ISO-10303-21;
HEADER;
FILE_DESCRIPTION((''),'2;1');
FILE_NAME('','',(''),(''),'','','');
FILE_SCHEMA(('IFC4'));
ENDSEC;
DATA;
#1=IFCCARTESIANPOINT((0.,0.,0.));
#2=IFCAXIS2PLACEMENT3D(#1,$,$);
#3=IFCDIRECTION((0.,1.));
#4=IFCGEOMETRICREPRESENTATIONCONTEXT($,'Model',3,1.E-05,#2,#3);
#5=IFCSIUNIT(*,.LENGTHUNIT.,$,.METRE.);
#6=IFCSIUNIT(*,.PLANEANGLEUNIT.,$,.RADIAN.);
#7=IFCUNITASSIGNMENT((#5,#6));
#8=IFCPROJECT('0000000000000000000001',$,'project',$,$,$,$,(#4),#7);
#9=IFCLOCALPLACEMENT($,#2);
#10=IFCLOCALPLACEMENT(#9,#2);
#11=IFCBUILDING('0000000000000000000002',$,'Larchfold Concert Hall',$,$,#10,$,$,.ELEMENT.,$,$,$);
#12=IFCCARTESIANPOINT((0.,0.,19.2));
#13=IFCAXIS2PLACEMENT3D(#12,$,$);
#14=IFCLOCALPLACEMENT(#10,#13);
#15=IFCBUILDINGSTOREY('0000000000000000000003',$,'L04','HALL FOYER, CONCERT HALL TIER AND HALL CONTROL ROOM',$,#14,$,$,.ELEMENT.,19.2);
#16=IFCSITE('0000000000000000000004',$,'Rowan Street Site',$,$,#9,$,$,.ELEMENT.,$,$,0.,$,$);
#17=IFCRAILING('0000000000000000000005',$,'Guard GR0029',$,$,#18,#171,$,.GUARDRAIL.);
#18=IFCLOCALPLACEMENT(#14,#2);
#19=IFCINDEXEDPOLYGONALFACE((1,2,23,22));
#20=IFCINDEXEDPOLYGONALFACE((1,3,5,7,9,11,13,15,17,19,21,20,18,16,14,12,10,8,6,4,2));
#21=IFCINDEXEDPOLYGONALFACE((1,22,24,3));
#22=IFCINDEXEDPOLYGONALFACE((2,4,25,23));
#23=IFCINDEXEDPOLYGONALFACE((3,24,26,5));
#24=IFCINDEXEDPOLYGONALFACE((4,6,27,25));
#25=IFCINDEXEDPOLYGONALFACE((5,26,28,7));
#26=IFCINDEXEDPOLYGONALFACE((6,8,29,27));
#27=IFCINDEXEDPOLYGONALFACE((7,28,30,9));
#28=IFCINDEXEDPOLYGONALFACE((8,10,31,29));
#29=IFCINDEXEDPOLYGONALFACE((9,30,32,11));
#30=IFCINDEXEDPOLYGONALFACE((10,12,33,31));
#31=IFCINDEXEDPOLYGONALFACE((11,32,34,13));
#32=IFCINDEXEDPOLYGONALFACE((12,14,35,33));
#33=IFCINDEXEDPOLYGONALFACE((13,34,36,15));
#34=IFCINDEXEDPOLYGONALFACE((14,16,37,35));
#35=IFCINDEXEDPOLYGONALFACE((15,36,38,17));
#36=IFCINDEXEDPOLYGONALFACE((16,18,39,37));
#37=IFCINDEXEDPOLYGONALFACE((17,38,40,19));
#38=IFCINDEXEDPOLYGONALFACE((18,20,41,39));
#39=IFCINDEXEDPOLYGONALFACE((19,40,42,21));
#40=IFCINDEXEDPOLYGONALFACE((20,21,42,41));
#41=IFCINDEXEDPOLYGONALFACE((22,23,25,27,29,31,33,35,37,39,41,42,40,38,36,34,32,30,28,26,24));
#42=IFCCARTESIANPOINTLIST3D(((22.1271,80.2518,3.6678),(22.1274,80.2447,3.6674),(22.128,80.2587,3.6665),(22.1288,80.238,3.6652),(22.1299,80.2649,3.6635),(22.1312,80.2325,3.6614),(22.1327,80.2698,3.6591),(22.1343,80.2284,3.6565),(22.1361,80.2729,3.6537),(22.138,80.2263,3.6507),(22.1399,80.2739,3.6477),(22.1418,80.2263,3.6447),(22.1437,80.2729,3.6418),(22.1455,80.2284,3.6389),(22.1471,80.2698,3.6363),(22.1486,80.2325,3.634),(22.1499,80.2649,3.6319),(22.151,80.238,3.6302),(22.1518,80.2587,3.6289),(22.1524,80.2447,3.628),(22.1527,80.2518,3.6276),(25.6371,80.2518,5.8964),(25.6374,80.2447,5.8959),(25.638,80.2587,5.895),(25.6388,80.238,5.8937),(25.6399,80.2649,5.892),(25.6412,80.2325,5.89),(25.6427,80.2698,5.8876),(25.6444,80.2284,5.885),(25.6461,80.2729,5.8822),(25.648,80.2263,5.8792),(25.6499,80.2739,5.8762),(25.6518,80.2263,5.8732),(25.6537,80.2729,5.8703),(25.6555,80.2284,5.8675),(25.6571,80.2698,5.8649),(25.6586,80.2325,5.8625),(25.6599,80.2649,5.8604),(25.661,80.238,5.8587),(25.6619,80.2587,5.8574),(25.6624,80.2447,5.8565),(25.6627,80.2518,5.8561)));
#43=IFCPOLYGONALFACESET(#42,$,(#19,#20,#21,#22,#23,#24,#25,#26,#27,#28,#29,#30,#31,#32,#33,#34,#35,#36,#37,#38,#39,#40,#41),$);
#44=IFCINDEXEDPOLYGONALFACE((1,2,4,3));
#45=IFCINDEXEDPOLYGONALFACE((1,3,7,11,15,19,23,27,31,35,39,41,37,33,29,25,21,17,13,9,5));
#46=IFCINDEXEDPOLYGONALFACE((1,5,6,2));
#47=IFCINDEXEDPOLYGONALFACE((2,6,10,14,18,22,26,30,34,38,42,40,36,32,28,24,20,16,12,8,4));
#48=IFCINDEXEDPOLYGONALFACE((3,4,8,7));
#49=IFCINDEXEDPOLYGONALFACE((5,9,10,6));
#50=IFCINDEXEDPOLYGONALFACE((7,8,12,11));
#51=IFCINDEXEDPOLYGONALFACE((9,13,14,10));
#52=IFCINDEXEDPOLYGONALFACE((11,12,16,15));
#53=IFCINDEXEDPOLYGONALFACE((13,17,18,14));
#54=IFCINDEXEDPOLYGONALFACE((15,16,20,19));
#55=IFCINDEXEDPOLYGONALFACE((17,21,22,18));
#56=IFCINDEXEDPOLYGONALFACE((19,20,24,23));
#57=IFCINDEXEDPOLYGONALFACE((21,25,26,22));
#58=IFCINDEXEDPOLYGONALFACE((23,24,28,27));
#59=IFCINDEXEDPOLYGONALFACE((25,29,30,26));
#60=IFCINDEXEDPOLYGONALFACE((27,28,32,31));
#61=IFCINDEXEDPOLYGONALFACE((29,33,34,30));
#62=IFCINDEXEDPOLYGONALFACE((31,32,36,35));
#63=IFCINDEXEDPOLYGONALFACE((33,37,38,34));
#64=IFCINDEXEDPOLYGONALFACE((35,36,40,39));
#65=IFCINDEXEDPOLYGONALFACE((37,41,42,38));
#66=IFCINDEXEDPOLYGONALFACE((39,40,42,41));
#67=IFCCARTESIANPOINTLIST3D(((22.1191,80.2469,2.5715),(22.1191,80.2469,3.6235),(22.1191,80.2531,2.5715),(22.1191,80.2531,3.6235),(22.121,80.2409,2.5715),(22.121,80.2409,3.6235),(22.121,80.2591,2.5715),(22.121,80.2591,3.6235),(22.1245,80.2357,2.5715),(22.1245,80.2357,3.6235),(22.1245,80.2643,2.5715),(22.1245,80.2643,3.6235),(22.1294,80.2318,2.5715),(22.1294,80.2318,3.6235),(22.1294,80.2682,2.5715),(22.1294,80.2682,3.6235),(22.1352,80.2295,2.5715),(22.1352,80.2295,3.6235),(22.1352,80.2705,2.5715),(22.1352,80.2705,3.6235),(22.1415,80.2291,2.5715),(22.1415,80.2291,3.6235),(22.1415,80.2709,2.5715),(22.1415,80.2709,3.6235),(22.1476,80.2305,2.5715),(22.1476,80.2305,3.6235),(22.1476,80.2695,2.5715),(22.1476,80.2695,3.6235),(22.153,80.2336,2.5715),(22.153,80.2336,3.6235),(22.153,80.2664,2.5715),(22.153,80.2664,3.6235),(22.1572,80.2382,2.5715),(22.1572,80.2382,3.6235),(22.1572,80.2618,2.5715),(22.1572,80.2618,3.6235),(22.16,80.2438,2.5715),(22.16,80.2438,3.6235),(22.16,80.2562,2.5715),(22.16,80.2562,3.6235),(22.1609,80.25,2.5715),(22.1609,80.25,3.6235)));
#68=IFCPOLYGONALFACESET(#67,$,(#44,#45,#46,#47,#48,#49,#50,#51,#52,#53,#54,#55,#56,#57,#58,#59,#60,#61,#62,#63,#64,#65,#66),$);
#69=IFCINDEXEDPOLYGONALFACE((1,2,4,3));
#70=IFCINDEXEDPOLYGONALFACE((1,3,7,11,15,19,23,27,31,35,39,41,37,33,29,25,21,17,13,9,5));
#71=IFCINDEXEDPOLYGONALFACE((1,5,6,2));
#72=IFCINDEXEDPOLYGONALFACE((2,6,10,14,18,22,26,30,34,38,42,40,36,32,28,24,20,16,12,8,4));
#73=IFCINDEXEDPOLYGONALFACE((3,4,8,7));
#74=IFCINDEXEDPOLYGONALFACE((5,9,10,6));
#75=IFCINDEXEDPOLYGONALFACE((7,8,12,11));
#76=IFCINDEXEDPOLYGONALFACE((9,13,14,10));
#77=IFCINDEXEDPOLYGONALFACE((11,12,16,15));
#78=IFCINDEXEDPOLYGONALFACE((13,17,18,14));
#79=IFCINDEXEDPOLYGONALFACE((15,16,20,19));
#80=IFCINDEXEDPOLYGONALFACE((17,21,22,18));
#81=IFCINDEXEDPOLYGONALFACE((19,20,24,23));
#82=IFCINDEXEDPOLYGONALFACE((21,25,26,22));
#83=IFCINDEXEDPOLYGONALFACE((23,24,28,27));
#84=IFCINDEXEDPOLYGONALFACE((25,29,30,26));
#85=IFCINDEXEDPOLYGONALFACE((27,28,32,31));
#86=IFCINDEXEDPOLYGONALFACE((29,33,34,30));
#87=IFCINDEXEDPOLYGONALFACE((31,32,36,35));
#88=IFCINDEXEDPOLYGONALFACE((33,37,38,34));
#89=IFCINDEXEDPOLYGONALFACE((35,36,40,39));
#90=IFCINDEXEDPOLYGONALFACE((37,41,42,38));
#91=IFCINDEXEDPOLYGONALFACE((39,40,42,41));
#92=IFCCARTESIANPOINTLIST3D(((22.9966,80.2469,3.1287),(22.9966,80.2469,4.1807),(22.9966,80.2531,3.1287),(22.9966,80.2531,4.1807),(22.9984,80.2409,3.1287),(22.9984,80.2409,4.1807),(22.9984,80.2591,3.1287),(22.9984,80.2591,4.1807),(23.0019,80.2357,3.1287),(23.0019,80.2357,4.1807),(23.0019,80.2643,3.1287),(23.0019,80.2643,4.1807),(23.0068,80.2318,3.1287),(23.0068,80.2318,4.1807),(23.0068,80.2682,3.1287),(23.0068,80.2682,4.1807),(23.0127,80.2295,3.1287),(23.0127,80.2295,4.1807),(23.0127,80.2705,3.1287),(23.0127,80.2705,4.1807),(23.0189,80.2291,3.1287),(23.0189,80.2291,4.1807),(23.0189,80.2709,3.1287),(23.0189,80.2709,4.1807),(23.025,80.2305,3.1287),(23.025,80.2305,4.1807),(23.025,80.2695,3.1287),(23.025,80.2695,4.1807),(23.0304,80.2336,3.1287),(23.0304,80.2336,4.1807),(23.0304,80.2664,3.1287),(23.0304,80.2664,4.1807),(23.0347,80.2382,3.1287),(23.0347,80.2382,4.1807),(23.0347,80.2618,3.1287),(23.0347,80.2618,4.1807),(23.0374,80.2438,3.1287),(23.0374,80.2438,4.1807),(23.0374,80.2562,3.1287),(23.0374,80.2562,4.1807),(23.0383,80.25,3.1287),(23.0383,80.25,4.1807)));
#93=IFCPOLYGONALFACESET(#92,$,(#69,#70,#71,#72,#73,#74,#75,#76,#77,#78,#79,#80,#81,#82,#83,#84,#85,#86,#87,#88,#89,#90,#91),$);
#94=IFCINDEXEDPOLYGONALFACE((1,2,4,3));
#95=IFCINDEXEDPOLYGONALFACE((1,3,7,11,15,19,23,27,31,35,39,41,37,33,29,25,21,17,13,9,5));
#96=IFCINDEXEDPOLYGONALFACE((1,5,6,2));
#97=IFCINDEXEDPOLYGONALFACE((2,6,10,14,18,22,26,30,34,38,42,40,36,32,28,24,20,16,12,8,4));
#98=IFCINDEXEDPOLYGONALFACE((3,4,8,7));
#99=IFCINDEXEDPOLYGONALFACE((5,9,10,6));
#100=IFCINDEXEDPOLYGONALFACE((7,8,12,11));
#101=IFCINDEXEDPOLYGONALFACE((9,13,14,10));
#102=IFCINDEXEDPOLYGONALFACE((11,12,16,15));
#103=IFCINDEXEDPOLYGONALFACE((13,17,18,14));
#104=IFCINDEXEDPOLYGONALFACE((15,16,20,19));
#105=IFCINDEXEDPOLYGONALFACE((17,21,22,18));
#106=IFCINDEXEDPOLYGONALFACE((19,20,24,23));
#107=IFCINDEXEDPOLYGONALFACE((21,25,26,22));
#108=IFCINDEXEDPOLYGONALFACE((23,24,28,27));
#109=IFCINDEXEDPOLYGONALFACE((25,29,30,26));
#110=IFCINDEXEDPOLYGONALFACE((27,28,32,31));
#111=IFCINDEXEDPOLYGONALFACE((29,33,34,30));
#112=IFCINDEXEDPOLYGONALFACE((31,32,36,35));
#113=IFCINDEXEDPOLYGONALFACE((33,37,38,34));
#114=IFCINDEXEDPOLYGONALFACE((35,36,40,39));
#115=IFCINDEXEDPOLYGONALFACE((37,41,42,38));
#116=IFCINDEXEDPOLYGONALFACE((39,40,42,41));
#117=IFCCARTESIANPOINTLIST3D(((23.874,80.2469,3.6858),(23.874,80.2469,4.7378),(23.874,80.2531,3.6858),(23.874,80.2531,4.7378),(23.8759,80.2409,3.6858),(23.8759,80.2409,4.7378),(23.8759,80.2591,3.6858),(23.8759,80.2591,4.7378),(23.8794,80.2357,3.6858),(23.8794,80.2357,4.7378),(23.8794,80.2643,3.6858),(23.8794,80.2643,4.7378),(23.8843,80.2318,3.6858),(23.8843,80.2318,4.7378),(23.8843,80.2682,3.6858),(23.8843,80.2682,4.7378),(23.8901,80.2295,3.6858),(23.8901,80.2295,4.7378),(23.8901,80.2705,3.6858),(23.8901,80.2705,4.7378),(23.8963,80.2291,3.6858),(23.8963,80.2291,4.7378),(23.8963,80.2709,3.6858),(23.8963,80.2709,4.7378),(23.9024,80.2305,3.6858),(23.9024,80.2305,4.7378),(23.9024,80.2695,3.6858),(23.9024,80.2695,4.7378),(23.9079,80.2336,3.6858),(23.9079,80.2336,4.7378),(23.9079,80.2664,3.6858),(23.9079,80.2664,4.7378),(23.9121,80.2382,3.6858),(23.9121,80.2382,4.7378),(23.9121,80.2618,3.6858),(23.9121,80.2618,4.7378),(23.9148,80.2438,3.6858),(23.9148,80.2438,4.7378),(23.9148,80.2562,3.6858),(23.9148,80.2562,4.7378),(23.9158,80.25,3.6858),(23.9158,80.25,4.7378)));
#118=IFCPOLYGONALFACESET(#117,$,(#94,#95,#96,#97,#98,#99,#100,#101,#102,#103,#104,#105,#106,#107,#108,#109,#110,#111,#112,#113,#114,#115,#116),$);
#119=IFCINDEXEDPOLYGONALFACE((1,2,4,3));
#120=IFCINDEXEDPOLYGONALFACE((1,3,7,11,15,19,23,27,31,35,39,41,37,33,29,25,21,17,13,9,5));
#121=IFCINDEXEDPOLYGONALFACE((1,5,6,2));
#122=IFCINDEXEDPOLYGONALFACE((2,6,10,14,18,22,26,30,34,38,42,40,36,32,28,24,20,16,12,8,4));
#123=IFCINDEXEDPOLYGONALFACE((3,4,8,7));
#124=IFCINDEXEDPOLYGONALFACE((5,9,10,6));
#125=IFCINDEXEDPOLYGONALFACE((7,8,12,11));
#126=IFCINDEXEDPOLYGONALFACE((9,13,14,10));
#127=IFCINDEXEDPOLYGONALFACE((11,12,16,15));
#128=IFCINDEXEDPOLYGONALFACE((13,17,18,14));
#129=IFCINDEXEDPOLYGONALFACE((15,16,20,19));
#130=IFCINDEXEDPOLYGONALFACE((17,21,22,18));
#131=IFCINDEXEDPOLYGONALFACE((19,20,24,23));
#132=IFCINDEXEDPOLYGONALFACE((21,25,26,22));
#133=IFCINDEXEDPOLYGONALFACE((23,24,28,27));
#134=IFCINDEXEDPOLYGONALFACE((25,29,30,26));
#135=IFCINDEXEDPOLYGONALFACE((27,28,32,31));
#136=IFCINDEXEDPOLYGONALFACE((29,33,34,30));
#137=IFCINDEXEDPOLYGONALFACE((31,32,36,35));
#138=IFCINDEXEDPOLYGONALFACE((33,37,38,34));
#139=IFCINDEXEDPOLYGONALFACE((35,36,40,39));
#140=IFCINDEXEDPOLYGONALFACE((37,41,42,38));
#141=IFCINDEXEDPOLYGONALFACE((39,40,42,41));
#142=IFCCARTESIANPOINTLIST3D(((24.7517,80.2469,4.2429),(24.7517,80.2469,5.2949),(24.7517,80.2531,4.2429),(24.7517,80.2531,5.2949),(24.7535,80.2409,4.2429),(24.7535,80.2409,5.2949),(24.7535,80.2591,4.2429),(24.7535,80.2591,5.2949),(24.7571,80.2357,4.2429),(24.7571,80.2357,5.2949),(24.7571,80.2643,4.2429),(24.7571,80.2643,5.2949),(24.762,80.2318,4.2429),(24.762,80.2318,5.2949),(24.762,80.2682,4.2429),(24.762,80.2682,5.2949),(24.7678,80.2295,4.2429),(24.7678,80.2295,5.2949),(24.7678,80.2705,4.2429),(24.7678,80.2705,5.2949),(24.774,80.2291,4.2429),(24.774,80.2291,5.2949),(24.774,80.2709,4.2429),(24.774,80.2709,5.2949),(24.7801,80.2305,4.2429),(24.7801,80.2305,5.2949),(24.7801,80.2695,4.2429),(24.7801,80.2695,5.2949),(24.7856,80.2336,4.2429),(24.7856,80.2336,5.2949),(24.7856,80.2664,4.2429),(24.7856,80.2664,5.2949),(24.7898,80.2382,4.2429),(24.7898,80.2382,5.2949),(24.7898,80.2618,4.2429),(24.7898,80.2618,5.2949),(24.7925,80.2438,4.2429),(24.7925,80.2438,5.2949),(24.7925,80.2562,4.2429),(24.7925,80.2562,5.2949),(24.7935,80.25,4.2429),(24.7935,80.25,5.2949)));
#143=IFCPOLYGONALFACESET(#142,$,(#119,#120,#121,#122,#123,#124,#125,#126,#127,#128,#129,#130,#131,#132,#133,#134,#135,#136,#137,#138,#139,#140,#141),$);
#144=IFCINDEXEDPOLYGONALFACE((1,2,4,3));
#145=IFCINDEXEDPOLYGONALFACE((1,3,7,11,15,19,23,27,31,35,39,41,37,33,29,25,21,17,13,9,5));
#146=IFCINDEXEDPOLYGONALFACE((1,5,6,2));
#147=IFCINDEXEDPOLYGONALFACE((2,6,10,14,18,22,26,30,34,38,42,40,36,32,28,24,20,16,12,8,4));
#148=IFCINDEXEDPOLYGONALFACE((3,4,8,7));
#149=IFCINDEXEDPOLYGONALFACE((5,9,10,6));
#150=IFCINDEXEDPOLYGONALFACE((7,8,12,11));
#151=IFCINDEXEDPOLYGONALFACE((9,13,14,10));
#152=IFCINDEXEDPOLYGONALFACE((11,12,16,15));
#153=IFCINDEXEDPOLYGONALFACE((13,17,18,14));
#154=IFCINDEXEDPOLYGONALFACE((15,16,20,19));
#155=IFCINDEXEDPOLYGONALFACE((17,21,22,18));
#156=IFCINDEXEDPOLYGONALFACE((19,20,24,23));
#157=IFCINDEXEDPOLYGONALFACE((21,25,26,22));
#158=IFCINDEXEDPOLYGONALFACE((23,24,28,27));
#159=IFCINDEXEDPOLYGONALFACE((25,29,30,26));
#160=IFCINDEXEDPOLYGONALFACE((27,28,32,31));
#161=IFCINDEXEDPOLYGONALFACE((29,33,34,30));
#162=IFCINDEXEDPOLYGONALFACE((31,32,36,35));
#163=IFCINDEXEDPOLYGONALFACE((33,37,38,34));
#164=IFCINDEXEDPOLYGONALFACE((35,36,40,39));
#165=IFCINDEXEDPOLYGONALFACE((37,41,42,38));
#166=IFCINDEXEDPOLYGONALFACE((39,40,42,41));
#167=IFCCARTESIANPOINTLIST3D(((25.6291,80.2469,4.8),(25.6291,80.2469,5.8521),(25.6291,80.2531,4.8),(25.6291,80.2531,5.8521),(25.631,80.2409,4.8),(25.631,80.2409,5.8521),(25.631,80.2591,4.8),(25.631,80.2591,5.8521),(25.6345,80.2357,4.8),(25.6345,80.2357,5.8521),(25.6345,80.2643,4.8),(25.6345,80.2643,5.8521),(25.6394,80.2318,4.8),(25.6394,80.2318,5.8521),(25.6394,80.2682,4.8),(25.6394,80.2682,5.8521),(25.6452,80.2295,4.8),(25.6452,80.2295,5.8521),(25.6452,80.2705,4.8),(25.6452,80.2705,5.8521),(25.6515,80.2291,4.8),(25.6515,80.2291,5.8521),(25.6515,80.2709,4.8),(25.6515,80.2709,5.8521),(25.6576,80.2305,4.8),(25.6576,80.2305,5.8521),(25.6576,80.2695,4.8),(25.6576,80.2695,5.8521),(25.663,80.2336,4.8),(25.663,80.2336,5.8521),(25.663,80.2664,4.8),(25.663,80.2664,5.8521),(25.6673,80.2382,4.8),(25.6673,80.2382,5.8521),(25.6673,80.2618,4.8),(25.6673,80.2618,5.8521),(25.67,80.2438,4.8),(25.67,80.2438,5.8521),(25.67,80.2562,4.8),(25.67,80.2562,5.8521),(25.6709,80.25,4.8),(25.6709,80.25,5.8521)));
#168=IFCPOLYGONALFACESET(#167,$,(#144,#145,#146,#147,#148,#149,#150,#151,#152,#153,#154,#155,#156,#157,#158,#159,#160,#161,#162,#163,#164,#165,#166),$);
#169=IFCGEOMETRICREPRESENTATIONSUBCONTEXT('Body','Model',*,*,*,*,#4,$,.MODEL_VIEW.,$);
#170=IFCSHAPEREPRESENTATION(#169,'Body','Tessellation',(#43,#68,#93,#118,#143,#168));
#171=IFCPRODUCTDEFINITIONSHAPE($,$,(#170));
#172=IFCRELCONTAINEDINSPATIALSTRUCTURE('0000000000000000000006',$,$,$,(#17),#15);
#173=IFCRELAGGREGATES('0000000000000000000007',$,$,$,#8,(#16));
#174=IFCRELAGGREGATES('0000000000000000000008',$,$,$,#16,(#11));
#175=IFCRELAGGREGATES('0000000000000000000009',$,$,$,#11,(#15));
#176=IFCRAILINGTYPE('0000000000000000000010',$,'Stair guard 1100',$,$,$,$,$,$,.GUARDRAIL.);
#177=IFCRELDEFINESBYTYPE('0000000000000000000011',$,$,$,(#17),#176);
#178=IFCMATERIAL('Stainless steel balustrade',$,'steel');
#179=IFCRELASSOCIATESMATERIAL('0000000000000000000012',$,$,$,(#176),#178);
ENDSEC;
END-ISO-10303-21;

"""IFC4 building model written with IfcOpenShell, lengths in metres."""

from ifc_helpers import new_model, si_unit, direction, frame, origin, origin_2d, place, context, subcontext, project, spatial, circle, extrude, material, type_object, element, save


model = new_model("IFC4")

# Units and contexts
model_context = context("Model", 3, precision=1e-05, world=origin(), true_north=direction((0.0, 1.0)))
body_context = subcontext(model_context, "Body", "Model", "MODEL_VIEW")
ifc_project = project(units=[si_unit("LENGTHUNIT", "METRE"), si_unit("PLANEANGLEUNIT", "RADIAN")], contexts=[model_context])

# Site, building, storey
site_placement = place(None, origin())
site = spatial("IfcSite", under=ifc_project, at=site_placement, Name="Rowan Street Site", CompositionType="ELEMENT", RefElevation=0.0)
building_placement = place(site_placement, origin())
building = spatial("IfcBuilding", under=site, at=building_placement, Name="Larchfold Concert Hall", CompositionType="ELEMENT")
storey_placement = place(building_placement, frame((0.0, 0.0, 19.2)))
storey = spatial("IfcBuildingStorey", under=building, at=storey_placement, Name="L04", Description="HALL FOYER, CONCERT HALL TIER AND HALL CONTROL ROOM", CompositionType="ELEMENT", Elevation=19.2)

# Railing
ifc_material_1 = material(Name="Stainless steel balustrade", Category="steel")
railing_type_1 = type_object("IfcRailingType", Name="Stair guard 1100", PredefinedType="GUARDRAIL", material=ifc_material_1)
railing_1_placement = place(storey_placement, frame((22.1399, 80.25, 2.5715)))
element("IfcRailing", 1, at=railing_1_placement, inside=storey, type_object=railing_type_1, Name="Guard GR0029", PredefinedType="GUARDRAIL", context=body_context, shape_type="SweptSolid", body=[
    extrude(circle(Radius=0.0239, at=origin_2d()), frame((0.0, 0.0, 1.0762), z_axis=(0.84422, 0.0, 0.535998), x_axis=(0.0, 1.0, 0.0)), (0.0, 0.0, 1.0), 4.1577),
    extrude(circle(Radius=0.021, at=origin_2d()), origin(), (0.0, 0.0, 1.0), 1.052),
    extrude(circle(Radius=0.021, at=origin_2d()), frame((0.8774, 0.0, 0.5571)), (0.0, 0.0, 1.0), 1.052),
    extrude(circle(Radius=0.021, at=origin_2d()), frame((1.7549, 0.0, 1.1143)), (0.0, 0.0, 1.0), 1.052),
    extrude(circle(Radius=0.021, at=origin_2d()), frame((2.6326, 0.0, 1.6714)), (0.0, 0.0, 1.0), 1.052),
    extrude(circle(Radius=0.021, at=origin_2d()), frame((3.51, 0.0, 2.2285)), (0.0, 0.0, 1.0), 1.052),
])

save(model, "model.ifc")
